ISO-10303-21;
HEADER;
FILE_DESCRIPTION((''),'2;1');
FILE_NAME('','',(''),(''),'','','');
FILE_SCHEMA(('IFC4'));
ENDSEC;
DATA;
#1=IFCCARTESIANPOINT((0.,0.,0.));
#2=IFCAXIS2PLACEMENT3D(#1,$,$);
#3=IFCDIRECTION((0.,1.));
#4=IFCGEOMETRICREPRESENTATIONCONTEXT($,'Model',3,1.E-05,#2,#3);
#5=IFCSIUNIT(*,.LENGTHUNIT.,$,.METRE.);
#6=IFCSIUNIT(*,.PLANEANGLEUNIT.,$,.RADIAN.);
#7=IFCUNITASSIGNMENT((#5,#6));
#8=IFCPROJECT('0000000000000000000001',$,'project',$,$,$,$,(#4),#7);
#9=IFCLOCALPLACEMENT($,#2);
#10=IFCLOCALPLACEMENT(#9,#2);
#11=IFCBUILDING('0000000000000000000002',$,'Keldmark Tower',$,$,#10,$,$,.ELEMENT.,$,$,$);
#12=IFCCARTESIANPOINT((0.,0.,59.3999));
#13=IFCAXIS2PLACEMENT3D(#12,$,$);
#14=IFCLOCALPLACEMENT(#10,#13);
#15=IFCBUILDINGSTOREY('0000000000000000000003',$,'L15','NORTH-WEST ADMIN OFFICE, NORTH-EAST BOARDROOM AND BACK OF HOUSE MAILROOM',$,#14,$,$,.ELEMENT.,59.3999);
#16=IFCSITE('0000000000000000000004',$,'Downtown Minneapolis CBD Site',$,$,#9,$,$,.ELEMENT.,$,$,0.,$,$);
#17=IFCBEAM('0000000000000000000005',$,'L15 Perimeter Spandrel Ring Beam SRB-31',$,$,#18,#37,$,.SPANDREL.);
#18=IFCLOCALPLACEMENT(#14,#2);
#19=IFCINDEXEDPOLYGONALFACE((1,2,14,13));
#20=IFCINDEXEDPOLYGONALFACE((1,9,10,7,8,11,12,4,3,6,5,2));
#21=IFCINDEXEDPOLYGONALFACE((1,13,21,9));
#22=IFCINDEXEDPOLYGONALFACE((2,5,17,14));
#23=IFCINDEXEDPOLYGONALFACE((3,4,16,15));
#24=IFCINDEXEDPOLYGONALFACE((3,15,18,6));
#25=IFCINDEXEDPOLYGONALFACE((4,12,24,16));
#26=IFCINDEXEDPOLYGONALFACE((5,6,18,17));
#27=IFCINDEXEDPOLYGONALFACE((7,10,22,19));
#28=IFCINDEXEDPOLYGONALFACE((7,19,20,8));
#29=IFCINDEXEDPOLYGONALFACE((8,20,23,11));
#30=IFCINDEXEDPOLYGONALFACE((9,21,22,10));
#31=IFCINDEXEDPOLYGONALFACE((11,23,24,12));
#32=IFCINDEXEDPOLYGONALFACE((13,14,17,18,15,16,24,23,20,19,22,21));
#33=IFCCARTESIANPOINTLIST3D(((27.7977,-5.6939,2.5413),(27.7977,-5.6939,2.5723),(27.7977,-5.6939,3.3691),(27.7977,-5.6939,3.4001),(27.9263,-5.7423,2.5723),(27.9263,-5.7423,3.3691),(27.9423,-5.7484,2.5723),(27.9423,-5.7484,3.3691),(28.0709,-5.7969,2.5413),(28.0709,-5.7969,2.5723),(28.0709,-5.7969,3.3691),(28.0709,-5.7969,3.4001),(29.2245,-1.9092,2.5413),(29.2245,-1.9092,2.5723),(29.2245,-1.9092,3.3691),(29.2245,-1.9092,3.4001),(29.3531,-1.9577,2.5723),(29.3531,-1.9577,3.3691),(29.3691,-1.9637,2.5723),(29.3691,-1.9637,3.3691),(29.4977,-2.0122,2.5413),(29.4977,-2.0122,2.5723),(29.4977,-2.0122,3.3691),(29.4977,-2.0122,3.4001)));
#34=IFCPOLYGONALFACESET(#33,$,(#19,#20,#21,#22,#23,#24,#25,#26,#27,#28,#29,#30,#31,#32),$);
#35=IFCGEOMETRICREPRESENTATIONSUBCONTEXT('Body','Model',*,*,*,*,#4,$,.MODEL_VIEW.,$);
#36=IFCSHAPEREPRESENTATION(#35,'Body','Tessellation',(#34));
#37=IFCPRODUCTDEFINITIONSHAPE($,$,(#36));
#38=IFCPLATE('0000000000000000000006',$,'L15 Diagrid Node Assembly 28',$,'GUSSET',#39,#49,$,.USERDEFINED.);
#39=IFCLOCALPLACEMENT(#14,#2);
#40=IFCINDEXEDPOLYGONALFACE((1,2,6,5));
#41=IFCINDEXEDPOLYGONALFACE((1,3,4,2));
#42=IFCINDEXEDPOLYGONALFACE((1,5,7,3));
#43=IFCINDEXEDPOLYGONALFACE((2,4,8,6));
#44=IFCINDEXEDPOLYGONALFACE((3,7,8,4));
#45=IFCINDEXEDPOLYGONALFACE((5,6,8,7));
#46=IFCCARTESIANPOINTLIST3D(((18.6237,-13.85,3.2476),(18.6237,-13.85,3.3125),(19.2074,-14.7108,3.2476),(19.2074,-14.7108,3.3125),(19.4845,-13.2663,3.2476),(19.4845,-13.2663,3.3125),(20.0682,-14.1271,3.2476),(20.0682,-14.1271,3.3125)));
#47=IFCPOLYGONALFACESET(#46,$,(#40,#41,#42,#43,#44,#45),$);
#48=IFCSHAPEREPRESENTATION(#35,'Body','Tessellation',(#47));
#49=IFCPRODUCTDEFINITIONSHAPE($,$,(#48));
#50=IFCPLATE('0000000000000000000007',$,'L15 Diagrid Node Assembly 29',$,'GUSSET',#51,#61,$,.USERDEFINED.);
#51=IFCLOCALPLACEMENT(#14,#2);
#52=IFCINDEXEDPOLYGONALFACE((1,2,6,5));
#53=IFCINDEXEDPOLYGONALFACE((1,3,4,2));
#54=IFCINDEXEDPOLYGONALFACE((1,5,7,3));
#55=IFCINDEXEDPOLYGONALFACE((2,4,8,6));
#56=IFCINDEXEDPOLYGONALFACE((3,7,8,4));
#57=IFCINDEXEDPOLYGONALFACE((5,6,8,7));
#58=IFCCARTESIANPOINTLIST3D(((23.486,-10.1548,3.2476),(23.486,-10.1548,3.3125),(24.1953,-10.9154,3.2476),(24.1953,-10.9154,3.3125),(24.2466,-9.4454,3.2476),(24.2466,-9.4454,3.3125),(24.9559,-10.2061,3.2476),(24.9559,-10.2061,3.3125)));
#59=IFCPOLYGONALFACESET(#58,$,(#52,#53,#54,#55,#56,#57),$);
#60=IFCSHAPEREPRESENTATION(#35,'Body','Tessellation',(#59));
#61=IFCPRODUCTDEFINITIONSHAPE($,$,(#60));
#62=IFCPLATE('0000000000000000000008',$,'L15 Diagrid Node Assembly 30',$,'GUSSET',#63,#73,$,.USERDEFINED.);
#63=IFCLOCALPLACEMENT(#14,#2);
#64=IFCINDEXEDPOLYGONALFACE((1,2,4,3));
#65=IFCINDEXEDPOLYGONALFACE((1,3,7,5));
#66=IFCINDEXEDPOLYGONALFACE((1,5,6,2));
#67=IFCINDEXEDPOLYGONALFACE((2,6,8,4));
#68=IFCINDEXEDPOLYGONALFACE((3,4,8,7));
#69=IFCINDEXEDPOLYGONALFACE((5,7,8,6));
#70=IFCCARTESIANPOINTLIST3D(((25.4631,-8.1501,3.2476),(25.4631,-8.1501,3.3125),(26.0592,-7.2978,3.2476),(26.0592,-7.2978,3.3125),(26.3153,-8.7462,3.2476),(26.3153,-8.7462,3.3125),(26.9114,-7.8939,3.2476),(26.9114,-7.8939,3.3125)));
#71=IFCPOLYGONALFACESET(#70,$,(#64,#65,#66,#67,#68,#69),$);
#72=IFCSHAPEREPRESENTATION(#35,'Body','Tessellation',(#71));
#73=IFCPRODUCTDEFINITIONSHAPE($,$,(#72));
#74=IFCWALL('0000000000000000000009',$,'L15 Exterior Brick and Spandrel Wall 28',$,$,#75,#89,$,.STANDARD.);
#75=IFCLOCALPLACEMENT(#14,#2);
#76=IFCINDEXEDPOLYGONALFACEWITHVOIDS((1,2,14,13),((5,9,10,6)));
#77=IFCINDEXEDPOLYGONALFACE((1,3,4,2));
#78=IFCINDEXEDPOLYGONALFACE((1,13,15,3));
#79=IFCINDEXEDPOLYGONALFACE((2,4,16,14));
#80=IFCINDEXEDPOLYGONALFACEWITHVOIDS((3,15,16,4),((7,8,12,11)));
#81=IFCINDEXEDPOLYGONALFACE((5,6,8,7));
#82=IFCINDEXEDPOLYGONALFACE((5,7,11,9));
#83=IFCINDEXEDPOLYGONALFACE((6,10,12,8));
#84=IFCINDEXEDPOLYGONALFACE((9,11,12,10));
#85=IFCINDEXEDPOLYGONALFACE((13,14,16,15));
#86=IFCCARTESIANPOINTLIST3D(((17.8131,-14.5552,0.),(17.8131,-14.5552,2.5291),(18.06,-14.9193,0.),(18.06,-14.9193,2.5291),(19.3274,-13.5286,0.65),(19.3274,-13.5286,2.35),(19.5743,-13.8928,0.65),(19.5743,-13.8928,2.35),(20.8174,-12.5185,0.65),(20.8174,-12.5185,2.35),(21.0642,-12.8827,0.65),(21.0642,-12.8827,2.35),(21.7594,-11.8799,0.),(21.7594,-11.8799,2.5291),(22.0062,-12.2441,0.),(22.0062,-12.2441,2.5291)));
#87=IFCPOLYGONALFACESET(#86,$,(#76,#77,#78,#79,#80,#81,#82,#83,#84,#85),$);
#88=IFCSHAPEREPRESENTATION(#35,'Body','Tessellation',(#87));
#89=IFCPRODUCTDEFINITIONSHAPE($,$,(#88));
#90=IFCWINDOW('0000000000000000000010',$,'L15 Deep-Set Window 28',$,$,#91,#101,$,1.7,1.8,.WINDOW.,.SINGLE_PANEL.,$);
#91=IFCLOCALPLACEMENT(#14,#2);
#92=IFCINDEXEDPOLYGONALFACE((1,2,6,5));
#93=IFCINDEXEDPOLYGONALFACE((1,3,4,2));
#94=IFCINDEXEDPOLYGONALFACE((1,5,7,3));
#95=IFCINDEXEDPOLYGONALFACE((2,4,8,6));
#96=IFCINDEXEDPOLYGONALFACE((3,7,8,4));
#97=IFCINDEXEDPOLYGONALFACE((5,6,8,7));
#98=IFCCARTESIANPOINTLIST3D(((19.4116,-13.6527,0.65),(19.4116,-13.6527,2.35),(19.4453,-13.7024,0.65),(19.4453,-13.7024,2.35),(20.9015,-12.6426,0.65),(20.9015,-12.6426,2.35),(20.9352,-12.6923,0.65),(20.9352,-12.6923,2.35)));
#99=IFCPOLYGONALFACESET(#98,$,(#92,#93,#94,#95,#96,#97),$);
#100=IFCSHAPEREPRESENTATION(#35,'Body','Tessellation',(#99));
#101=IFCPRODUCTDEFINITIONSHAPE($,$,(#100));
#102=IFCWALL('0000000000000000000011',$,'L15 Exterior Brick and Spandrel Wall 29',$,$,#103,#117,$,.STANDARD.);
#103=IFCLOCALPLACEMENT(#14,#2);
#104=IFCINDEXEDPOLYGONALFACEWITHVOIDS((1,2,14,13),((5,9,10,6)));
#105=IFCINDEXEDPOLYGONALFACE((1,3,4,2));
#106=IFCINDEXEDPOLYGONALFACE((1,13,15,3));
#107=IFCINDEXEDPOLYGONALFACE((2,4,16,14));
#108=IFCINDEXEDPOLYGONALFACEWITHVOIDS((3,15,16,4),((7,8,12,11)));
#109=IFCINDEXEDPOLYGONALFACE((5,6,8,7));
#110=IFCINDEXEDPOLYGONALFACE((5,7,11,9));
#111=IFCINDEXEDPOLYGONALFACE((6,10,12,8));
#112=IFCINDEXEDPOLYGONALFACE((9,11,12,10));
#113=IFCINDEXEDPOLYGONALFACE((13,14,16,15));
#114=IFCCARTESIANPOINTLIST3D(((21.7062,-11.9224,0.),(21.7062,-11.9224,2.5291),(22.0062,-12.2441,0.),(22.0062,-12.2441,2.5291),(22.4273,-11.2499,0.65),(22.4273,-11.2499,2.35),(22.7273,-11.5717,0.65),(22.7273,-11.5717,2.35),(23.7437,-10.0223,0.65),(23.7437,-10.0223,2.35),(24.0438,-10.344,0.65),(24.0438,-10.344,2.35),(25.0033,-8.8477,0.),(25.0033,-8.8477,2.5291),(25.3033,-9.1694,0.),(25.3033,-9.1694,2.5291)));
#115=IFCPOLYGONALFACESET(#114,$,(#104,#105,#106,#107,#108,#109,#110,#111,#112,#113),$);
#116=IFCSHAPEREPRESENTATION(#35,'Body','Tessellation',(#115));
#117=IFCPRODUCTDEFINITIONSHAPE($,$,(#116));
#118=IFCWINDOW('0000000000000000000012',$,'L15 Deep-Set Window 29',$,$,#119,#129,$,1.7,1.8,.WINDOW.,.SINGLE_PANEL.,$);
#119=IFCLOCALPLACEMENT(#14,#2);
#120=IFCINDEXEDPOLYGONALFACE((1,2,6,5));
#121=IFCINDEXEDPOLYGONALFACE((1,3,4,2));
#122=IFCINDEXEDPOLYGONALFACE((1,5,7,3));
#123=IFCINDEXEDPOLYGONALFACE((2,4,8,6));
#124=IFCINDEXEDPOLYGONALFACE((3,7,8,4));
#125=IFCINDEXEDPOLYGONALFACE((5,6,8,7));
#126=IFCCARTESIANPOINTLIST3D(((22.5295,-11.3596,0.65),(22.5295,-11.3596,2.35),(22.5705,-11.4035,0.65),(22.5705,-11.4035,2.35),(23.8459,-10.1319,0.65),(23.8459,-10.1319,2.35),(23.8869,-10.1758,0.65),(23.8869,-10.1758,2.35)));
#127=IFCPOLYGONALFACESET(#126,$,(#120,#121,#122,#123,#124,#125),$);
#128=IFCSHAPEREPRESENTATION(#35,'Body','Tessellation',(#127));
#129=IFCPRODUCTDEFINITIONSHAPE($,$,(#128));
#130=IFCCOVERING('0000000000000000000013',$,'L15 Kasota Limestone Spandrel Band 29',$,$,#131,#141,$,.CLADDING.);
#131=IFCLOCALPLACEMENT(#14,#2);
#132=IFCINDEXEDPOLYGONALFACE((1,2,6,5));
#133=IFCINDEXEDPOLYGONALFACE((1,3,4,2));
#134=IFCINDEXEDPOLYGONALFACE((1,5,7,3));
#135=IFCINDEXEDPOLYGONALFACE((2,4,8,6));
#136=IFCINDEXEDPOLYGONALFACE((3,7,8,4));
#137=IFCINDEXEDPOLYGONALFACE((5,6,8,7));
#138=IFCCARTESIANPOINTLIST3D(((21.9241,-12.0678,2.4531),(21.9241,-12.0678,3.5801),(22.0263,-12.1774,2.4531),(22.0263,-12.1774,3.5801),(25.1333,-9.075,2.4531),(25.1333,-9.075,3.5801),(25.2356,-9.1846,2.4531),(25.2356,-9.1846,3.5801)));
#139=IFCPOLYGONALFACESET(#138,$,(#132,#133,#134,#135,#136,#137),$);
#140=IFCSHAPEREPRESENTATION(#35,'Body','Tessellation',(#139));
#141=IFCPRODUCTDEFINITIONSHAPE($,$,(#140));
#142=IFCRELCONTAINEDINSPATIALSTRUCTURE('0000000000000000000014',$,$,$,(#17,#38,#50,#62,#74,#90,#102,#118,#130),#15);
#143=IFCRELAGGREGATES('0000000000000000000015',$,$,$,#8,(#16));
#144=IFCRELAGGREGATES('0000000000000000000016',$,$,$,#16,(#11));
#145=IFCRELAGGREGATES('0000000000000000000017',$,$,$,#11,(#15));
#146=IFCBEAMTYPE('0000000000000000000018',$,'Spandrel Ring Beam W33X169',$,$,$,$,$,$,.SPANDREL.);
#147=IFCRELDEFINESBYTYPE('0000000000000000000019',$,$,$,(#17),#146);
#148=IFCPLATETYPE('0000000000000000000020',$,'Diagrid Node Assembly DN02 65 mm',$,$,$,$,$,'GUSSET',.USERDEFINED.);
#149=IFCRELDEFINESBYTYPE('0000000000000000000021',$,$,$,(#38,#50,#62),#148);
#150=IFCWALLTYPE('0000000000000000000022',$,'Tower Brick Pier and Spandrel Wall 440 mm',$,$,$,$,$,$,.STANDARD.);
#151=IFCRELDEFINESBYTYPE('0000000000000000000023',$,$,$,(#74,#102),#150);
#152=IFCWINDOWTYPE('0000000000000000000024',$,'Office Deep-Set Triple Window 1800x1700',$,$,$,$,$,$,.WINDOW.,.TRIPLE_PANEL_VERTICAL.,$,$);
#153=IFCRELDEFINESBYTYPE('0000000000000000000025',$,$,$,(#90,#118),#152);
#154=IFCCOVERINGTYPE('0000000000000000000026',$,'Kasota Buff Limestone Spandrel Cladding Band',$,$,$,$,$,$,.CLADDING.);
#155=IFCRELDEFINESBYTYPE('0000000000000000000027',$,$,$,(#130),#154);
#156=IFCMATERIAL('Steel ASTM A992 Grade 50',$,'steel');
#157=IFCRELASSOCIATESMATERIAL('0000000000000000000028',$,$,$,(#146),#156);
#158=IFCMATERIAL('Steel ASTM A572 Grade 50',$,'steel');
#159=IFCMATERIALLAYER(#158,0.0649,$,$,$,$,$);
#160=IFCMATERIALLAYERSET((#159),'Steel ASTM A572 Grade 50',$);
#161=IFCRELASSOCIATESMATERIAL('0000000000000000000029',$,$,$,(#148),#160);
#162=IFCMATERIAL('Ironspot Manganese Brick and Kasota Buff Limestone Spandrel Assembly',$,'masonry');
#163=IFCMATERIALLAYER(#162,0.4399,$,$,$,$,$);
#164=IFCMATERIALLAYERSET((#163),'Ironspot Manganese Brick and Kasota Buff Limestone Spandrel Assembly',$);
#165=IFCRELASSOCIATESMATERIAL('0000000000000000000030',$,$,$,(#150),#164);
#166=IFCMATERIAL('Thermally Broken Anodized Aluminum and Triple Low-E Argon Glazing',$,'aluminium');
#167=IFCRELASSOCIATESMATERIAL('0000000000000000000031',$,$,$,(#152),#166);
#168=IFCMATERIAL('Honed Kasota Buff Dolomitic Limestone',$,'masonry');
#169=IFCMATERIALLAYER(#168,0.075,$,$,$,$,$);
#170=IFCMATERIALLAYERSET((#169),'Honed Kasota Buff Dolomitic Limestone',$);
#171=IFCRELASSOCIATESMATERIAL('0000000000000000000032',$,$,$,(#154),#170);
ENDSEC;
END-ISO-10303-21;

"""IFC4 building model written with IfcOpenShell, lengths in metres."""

from ifc_helpers import new_model, si_unit, direction, frame, frame_2d, origin, origin_2d, place, context, subcontext, project, spatial, rectangle, i_section, extrude, material, layer, layer_set, material_profile, profile_set, type_object, element, fill, save


model = new_model("IFC4")

# Units and contexts
model_context = context("Model", 3, precision=1e-05, world=origin(), true_north=direction((0.0, 1.0)))
body_context = subcontext(model_context, "Body", "Model", "MODEL_VIEW")
ifc_project = project(units=[si_unit("LENGTHUNIT", "METRE"), si_unit("PLANEANGLEUNIT", "RADIAN")], contexts=[model_context])

# Site, building, storey
site_placement = place(None, origin())
site = spatial("IfcSite", under=ifc_project, at=site_placement, Name="Downtown Minneapolis CBD Site", CompositionType="ELEMENT", RefElevation=0.0)
building_placement = place(site_placement, origin())
building = spatial("IfcBuilding", under=site, at=building_placement, Name="Keldmark Tower", CompositionType="ELEMENT")
storey_placement = place(building_placement, frame((0.0, 0.0, 59.3999)))
storey = spatial("IfcBuildingStorey", under=building, at=storey_placement, Name="L15", Description="NORTH-WEST ADMIN OFFICE, NORTH-EAST BOARDROOM AND BACK OF HOUSE MAILROOM", CompositionType="ELEMENT", Elevation=59.3999)

# Beam
ifc_material_1 = material(Name="Steel ASTM A992 Grade 50", Category="steel")
ifc_material_profile_1 = material_profile(ifc_material_1, i_section(OverallWidth=0.292, OverallDepth=0.8589, WebThickness=0.0171, FlangeThickness=0.031, at=origin_2d()), Name="W33X169")
ifc_profile_set_1 = profile_set([ifc_material_profile_1], Name="Steel ASTM A992 Grade 50")
beam_type_1 = type_object("IfcBeamType", Name="Spandrel Ring Beam W33X169", PredefinedType="SPANDREL", material=ifc_profile_set_1)
beam_1_placement = place(storey_placement, frame((27.9343, -5.7454, 2.9707), z_axis=(0.35275, 0.935718, 0.0), x_axis=(-0.935718, 0.35275, 0.0)))
element("IfcBeam", 1, at=beam_1_placement, inside=storey, type_object=beam_type_1, Name="L15 Perimeter Spandrel Ring Beam SRB-31", PredefinedType="SPANDREL", context=body_context, shape_type="SweptSolid", body=[
    extrude(i_section(OverallWidth=0.292, OverallDepth=0.8589, WebThickness=0.0171, FlangeThickness=0.031, at=origin_2d()), origin(), (0.0, 0.0, 1.0), 4.0447),
])

# Plates
ifc_material_2 = material(Name="Steel ASTM A572 Grade 50", Category="steel")
ifc_layer_1 = layer(ifc_material_2, 0.0649)
ifc_layer_set_1 = layer_set([ifc_layer_1], Name="Steel ASTM A572 Grade 50")
plate_type = type_object("IfcPlateType", Name="Diagrid Node Assembly DN02 65 mm", ElementType="GUSSET", PredefinedType="USERDEFINED", material=ifc_layer_set_1)
for number, where, z_axis, x_axis, name in (
    (2, (19.3459, -13.9885, 3.2476), (0.0, 0.0, 1.0), (0.827669, 0.561217, 0.0), "L15 Diagrid Node Assembly 28"),
    (3, (24.2209, -10.1804, 3.2476), (0.0, 0.0, 1.0), (0.731354, 0.681998, 0.0), "L15 Diagrid Node Assembly 29"),
    (4, (26.1873, -8.022, 3.2476), (0.0, 0.0, 1.0), (0.573147, 0.819452, 0.0), "L15 Diagrid Node Assembly 30"),
):
    element("IfcPlate", number, at=place(storey_placement, frame(where, z_axis=z_axis, x_axis=x_axis)), inside=storey, type_object=plate_type, Name=name, ObjectType="GUSSET", PredefinedType="USERDEFINED", context=body_context, shape_type="SweptSolid", body=[
        extrude(rectangle(XDim=1.04, YDim=1.04, at=origin_2d()), origin(), (0.0, 0.0, 1.0), 0.0649),
    ])

# Walls, openings, windows
ifc_material_3 = material(Name="Ironspot Manganese Brick and Kasota Buff Limestone Spandrel Assembly", Category="masonry")
ifc_layer_2 = layer(ifc_material_3, 0.4399)
ifc_layer_set_2 = layer_set([ifc_layer_2], Name="Ironspot Manganese Brick and Kasota Buff Limestone Spandrel Assembly")
wall_type = type_object("IfcWallType", Name="Tower Brick Pier and Spandrel Wall 440 mm", PredefinedType="STANDARD", material=ifc_layer_set_2)
wall_1_placement = place(storey_placement, frame((21.8828, -12.062, 0.0), z_axis=(0.0, 0.0, 1.0), x_axis=(-0.827724, -0.561136, 0.0)))
wall_1 = element("IfcWall", 5, at=wall_1_placement, inside=storey, type_object=wall_type, Name="L15 Exterior Brick and Spandrel Wall 28", PredefinedType="STANDARD", context=body_context, shape_type="SweptSolid", body=[
    extrude(rectangle(XDim=4.7676, YDim=0.4399, at=frame_2d((2.3838, 0.0))), origin(), (0.0, 0.0, 1.0), 2.5291),
])
opening_1_placement = place(wall_1_placement, frame((1.1382, 0.0, 0.6499)))
opening_1 = element("IfcOpeningElement", 6, at=opening_1_placement, cuts=wall_1, PredefinedType="OPENING", context=body_context, shape_type="SweptSolid", body=[
    extrude(rectangle(XDim=1.8, YDim=1.7, at=frame_2d((0.8999, 0.8501))), frame((0.0, 0.23, 0.0), z_axis=(0.0, -1.0, 0.0), x_axis=(1.0, 0.0, 0.0)), (0.0, 0.0, 1.0), 0.46),
])
ifc_material_4 = material(Name="Thermally Broken Anodized Aluminum and Triple Low-E Argon Glazing", Category="aluminium")
window_type = type_object("IfcWindowType", Name="Office Deep-Set Triple Window 1800x1700", PartitioningType="TRIPLE_PANEL_VERTICAL", PredefinedType="WINDOW", material=ifc_material_4)
window_1_placement = place(opening_1_placement, origin())
window_1 = element("IfcWindow", 7, at=window_1_placement, inside=storey, type_object=window_type, Name="L15 Deep-Set Window 28", OverallHeight=1.7, OverallWidth=1.8, PartitioningType="SINGLE_PANEL", PredefinedType="WINDOW", context=body_context, shape_type="SweptSolid", body=[
    extrude(rectangle(XDim=1.8, YDim=1.7, at=frame_2d((0.8999, 0.8501))), frame((0.0, -0.01, 0.0), z_axis=(0.0, -1.0, 0.0), x_axis=(1.0, 0.0, 0.0)), (0.0, 0.0, 1.0), 0.0601),
])
fill(opening_1, window_1)
wall_2_placement = place(storey_placement, frame((25.1533, -9.0085, 0.0), z_axis=(0.0, 0.0, 1.0), x_axis=(-0.731343, -0.682009, 0.0)))
wall_2 = element("IfcWall", 8, at=wall_2_placement, inside=storey, type_object=wall_type, Name="L15 Exterior Brick and Spandrel Wall 29", PredefinedType="STANDARD", context=body_context, shape_type="SweptSolid", body=[
    extrude(rectangle(XDim=4.5083, YDim=0.4399, at=frame_2d((2.2542, 0.0))), origin(), (0.0, 0.0, 1.0), 2.5291),
])
opening_2_placement = place(wall_2_placement, frame((1.7224, 0.0, 0.6499)))
opening_2 = element("IfcOpeningElement", 9, at=opening_2_placement, cuts=wall_2, PredefinedType="OPENING", context=body_context, shape_type="SweptSolid", body=[
    extrude(rectangle(XDim=1.8, YDim=1.7, at=frame_2d((0.8999, 0.8501))), frame((0.0, 0.23, 0.0), z_axis=(0.0, -1.0, 0.0), x_axis=(1.0, 0.0, 0.0)), (0.0, 0.0, 1.0), 0.46),
])
window_2_placement = place(opening_2_placement, origin())
window_2 = element("IfcWindow", 10, at=window_2_placement, inside=storey, type_object=window_type, Name="L15 Deep-Set Window 29", OverallHeight=1.7, OverallWidth=1.8, PartitioningType="SINGLE_PANEL", PredefinedType="WINDOW", context=body_context, shape_type="SweptSolid", body=[
    extrude(rectangle(XDim=1.8, YDim=1.7, at=frame_2d((0.8999, 0.8501))), frame((0.0, -0.01, 0.0), z_axis=(0.0, -1.0, 0.0), x_axis=(1.0, 0.0, 0.0)), (0.0, 0.0, 1.0), 0.0601),
])
fill(opening_2, window_2)

# Covering
ifc_material_5 = material(Name="Honed Kasota Buff Dolomitic Limestone", Category="masonry")
ifc_layer_3 = layer(ifc_material_5, 0.075)
ifc_layer_set_3 = layer_set([ifc_layer_3], Name="Honed Kasota Buff Dolomitic Limestone")
covering_type = type_object("IfcCoveringType", Name="Kasota Buff Limestone Spandrel Cladding Band", PredefinedType="CLADDING", material=ifc_layer_set_3)
covering_placement = place(storey_placement, frame((23.5798, -10.6262, 2.4531), z_axis=(0.0, 0.0, 1.0), x_axis=(0.731342, 0.682011, 0.0)))
element("IfcCovering", 11, at=covering_placement, inside=storey, type_object=covering_type, Name="L15 Kasota Limestone Spandrel Band 29", PredefinedType="CLADDING", context=body_context, shape_type="SweptSolid", body=[
    extrude(rectangle(XDim=4.3882, YDim=0.1499, at=origin_2d()), origin(), (0.0, 0.0, 1.0), 1.127),
])

save(model, "model.ifc")
